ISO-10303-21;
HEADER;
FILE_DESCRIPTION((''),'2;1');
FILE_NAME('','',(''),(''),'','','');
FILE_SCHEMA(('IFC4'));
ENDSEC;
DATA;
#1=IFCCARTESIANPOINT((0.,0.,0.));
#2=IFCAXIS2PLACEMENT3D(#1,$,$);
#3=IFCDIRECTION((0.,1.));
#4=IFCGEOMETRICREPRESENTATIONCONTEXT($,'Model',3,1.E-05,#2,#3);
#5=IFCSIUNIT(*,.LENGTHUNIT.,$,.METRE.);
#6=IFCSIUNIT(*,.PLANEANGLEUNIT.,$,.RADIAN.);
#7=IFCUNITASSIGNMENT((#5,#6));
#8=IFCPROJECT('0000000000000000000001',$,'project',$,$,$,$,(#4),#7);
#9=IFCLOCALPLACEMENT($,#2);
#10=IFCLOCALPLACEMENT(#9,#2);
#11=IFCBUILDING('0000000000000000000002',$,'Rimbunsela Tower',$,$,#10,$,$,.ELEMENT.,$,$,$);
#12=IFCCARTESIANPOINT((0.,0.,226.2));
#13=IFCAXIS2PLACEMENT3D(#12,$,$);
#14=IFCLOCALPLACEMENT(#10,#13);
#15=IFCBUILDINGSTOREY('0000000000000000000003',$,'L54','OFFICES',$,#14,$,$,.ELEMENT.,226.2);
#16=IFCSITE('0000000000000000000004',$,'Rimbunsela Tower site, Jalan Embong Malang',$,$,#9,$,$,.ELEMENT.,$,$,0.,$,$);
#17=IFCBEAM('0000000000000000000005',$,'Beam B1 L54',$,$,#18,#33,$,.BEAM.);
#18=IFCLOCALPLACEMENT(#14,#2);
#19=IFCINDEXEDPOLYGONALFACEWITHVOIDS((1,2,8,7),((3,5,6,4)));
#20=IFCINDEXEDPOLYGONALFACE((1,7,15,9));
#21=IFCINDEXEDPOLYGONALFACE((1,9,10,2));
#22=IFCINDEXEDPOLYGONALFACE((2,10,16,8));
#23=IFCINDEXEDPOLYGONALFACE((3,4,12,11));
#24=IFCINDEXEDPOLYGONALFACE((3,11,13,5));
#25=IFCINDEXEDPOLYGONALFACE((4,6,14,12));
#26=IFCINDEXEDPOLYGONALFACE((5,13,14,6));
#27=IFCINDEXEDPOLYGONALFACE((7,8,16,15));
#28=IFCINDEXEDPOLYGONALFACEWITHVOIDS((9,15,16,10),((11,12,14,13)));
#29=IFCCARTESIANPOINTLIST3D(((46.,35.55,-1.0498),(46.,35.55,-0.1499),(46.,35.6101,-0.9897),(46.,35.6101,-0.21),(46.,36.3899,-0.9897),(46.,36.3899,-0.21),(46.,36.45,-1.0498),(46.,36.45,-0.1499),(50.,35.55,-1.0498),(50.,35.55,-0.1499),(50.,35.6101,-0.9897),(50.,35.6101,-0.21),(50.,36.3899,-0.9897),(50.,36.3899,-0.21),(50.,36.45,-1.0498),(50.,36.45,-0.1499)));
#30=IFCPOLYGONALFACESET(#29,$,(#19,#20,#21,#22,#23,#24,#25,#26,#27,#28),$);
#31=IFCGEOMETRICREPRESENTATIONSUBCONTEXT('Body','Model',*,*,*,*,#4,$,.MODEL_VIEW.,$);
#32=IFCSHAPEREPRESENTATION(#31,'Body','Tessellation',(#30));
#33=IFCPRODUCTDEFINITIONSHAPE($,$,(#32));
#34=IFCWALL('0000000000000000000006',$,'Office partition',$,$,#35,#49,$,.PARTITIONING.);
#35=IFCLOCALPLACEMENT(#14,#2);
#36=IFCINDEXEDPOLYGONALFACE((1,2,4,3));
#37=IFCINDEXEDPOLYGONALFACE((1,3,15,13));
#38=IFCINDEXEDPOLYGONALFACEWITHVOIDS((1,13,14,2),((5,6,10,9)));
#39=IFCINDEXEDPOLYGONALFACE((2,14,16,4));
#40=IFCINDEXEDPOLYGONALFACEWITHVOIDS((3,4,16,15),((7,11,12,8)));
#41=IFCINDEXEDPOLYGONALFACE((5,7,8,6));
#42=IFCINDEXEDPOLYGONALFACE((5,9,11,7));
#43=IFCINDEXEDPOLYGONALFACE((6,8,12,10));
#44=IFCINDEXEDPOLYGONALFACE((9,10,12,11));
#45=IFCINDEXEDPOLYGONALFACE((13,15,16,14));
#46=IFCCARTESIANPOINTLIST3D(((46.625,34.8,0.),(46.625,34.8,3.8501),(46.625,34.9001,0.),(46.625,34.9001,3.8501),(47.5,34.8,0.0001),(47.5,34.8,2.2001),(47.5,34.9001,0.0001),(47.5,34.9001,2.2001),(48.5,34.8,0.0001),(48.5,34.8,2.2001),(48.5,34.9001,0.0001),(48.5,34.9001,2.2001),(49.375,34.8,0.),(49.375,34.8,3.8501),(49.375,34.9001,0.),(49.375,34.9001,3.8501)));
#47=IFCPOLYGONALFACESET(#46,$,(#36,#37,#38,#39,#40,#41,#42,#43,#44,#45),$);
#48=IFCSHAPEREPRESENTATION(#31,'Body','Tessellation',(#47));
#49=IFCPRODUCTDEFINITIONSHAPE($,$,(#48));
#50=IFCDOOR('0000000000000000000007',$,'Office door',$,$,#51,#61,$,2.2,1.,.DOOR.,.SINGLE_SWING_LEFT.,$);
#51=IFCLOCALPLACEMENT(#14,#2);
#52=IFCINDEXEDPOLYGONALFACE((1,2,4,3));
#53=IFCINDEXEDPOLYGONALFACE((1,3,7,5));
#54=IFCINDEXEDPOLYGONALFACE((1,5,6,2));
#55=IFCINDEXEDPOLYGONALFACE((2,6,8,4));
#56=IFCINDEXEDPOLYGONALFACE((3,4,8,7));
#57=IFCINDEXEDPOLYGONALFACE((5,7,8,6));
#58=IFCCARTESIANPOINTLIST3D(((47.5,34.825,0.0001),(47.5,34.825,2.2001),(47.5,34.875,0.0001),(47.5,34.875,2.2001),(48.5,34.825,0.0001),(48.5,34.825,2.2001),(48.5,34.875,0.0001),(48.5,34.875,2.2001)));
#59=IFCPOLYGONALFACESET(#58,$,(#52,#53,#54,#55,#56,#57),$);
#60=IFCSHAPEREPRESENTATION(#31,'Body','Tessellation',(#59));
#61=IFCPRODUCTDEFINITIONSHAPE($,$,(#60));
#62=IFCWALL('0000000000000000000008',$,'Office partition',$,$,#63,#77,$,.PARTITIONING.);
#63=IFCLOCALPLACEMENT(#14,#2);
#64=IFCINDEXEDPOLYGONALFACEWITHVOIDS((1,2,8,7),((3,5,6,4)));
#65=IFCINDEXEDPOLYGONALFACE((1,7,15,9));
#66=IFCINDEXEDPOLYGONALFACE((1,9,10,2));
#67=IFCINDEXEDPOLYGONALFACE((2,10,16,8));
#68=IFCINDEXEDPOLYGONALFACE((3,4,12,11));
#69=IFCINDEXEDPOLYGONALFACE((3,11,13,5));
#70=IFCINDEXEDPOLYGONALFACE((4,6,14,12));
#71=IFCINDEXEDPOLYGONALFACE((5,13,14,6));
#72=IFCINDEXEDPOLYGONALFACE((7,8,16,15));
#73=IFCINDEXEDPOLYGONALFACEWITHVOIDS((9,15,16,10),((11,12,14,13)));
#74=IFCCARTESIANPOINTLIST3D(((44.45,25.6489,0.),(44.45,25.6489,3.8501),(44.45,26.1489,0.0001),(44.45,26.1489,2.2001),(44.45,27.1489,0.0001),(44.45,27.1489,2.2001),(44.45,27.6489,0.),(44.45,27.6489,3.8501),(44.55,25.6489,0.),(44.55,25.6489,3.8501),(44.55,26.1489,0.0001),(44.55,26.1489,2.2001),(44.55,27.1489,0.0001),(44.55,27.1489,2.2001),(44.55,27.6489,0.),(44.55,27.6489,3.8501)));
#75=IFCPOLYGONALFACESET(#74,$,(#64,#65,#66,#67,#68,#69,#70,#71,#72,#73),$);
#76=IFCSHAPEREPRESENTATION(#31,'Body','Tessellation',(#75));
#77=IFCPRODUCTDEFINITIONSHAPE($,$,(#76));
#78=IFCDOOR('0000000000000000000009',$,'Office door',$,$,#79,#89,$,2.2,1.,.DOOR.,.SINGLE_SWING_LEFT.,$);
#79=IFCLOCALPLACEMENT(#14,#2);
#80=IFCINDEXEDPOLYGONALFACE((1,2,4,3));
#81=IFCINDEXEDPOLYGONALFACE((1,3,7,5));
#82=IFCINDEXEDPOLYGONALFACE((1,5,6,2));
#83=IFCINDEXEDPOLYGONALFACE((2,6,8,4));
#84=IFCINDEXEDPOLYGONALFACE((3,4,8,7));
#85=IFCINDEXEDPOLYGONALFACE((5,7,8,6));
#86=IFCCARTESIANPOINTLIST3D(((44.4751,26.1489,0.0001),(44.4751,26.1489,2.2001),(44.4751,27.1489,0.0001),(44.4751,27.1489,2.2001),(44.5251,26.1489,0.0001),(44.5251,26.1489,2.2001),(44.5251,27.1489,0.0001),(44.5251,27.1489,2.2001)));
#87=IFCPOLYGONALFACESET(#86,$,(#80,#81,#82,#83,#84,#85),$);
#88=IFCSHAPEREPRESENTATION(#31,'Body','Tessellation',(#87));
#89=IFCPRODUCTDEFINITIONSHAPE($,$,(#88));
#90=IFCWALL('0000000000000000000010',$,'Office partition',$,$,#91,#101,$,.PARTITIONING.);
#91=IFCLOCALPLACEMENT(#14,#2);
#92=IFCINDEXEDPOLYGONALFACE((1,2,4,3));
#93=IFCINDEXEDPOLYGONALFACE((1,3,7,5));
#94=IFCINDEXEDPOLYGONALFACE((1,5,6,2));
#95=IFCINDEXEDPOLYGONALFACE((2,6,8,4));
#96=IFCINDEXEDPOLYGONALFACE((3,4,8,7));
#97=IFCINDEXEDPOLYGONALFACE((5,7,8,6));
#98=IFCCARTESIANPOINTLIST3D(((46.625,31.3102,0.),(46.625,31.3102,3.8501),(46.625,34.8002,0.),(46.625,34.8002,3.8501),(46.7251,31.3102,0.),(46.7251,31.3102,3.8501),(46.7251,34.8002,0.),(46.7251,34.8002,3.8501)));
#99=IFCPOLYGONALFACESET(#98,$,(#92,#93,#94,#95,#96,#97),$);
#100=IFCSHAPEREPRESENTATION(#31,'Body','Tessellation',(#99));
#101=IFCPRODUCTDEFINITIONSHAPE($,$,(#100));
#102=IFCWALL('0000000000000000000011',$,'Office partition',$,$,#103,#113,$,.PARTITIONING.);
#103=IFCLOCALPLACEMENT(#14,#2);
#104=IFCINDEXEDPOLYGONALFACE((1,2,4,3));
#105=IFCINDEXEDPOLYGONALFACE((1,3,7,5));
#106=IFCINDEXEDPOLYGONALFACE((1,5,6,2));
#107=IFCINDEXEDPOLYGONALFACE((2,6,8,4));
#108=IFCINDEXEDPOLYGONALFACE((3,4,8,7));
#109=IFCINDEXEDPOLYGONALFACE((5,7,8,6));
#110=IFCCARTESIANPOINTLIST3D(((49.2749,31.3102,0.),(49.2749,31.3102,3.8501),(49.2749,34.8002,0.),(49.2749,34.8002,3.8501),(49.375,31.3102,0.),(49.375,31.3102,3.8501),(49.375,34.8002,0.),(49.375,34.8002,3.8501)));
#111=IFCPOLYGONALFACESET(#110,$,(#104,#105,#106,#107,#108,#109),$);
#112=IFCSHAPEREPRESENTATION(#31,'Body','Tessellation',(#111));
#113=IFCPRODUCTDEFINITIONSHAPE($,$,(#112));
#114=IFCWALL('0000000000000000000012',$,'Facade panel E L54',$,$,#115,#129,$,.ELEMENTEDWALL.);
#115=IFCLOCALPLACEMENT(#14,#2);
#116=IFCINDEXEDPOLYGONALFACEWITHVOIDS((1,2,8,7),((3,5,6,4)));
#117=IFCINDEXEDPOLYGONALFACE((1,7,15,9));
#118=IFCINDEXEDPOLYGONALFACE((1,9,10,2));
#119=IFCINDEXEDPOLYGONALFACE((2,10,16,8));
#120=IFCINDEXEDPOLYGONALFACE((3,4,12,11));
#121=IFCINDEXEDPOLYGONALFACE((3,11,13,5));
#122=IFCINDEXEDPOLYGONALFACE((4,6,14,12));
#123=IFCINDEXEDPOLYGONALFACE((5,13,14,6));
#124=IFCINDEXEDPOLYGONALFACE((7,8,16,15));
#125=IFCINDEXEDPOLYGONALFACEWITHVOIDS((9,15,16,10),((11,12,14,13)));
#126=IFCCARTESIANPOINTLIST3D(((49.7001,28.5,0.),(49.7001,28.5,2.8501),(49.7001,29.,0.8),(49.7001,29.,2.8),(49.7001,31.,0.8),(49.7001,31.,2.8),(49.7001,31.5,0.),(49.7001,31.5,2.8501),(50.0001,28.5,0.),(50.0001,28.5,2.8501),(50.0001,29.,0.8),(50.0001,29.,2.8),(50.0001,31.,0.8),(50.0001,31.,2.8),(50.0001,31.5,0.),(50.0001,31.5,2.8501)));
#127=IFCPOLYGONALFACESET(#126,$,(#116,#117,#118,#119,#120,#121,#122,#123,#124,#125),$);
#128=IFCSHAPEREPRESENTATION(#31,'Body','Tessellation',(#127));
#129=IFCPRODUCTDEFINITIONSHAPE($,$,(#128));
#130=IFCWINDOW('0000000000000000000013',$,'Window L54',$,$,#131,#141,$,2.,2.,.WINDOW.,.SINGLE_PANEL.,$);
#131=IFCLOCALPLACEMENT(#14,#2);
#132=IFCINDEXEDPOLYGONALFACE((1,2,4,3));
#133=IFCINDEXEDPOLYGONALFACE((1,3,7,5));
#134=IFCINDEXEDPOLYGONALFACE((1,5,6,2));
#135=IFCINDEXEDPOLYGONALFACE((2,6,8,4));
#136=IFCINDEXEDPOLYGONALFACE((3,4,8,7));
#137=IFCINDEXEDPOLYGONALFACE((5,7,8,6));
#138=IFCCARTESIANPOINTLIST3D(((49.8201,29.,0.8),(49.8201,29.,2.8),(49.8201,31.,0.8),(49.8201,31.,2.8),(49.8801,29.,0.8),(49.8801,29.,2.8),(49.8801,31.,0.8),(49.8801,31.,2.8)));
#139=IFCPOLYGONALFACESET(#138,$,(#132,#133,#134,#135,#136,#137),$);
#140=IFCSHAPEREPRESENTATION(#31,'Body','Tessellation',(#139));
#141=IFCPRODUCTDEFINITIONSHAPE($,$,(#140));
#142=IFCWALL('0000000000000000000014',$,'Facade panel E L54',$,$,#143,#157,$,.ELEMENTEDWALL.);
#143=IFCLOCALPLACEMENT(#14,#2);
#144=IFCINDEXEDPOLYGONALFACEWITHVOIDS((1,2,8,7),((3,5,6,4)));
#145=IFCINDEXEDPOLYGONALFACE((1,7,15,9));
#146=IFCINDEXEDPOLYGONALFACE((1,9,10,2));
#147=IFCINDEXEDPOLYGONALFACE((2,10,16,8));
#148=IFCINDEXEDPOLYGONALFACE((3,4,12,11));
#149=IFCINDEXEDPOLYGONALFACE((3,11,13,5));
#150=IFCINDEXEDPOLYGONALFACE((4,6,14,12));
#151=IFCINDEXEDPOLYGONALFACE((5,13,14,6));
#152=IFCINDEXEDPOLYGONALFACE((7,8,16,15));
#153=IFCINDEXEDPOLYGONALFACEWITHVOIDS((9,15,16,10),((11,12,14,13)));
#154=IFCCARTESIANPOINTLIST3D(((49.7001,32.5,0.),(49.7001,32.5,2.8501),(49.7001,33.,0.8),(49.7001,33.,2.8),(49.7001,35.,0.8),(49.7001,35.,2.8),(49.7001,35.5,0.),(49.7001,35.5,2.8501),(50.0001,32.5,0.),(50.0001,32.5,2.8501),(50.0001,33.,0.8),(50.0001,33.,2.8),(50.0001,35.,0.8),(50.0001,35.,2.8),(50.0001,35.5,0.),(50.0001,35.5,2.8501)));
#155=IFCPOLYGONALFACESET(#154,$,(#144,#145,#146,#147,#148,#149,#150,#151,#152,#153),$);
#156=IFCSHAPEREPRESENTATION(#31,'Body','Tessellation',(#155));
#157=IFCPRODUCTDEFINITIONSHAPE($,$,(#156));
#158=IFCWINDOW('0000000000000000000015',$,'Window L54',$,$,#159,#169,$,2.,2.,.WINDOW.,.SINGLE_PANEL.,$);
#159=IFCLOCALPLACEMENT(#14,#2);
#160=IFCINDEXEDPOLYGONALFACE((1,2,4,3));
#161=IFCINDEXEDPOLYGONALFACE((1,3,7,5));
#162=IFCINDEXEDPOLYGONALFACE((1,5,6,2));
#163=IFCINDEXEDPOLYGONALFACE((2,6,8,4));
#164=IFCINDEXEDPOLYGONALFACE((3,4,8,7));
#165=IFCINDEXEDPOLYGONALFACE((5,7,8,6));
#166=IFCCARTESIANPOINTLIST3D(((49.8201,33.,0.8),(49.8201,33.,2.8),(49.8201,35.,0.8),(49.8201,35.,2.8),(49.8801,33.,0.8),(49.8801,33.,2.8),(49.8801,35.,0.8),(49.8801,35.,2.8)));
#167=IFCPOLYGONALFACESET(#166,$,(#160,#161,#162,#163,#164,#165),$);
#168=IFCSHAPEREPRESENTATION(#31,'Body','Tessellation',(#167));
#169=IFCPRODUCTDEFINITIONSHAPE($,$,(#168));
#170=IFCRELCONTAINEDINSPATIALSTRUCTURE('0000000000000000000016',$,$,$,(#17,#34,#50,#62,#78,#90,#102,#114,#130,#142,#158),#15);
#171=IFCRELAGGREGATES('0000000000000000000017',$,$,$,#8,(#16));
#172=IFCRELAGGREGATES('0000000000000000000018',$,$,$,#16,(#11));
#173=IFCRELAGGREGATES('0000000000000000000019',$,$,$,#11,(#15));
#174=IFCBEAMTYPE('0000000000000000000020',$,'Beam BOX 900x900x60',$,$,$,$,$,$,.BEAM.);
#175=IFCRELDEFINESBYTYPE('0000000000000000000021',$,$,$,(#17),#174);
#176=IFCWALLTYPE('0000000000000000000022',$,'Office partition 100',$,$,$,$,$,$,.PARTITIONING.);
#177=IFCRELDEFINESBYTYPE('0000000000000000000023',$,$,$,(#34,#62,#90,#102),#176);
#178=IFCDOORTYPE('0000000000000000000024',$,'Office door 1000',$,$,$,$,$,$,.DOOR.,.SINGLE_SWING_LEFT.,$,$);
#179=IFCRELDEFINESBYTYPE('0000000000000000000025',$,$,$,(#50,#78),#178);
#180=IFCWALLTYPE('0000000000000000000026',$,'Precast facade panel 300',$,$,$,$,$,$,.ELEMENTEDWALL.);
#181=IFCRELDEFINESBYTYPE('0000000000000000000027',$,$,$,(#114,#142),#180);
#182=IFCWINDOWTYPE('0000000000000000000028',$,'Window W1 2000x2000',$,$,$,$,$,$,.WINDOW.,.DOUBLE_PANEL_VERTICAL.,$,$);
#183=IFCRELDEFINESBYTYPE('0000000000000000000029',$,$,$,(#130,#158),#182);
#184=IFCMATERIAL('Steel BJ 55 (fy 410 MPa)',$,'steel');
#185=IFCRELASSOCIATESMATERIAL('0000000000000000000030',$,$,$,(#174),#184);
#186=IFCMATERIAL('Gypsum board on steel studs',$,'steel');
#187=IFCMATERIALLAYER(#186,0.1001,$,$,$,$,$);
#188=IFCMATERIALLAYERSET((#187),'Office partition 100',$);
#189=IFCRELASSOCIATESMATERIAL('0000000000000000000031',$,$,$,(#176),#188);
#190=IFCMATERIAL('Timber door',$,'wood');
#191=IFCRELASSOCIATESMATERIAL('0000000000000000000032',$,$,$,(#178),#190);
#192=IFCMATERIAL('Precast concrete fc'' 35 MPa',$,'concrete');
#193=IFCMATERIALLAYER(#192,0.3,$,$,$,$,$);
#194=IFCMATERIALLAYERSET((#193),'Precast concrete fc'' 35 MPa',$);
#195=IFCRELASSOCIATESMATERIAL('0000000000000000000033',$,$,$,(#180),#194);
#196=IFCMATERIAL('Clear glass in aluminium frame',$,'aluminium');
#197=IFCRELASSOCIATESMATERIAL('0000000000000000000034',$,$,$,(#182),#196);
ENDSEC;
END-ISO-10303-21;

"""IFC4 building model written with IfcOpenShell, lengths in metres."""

from ifc_helpers import new_model, si_unit, direction, frame, frame_2d, origin, origin_2d, place, context, subcontext, project, spatial, rectangle, hollow_rectangle, extrude, material, layer, layer_set, material_profile, profile_set, type_object, element, fill, save


model = new_model("IFC4")

# Units and contexts
model_context = context("Model", 3, precision=1e-05, world=origin(), true_north=direction((0.0, 1.0)))
body_context = subcontext(model_context, "Body", "Model", "MODEL_VIEW")
ifc_project = project(units=[si_unit("LENGTHUNIT", "METRE"), si_unit("PLANEANGLEUNIT", "RADIAN")], contexts=[model_context])

# Site, building, storey
site_placement = place(None, origin())
site = spatial("IfcSite", under=ifc_project, at=site_placement, Name="Rimbunsela Tower site, Jalan Embong Malang", CompositionType="ELEMENT", RefElevation=0.0)
building_placement = place(site_placement, origin())
building = spatial("IfcBuilding", under=site, at=building_placement, Name="Rimbunsela Tower", CompositionType="ELEMENT")
storey_placement = place(building_placement, frame((0.0, 0.0, 226.2)))
storey = spatial("IfcBuildingStorey", under=building, at=storey_placement, Name="L54", Description="OFFICES", CompositionType="ELEMENT", Elevation=226.2)

# Beam
ifc_material_1 = material(Name="Steel BJ 55 (fy 410 MPa)", Category="steel")
ifc_material_profile_1 = material_profile(ifc_material_1, hollow_rectangle(XDim=0.8999, YDim=0.8999, WallThickness=0.0601, at=origin_2d()), Name="BOX 900x900x60")
ifc_profile_set_1 = profile_set([ifc_material_profile_1], Name="Steel BJ 55 (fy 410 MPa)")
beam_type_1 = type_object("IfcBeamType", Name="Beam BOX 900x900x60", PredefinedType="BEAM", material=ifc_profile_set_1)
beam_1_placement = place(storey_placement, frame((46.0, 36.0, -0.5999), z_axis=(1.0, 0.0, 0.0), x_axis=(0.0, 1.0, 0.0)))
element("IfcBeam", 1, at=beam_1_placement, inside=storey, type_object=beam_type_1, Name="Beam B1 L54", PredefinedType="BEAM", context=body_context, shape_type="SweptSolid", body=[
    extrude(hollow_rectangle(XDim=0.8999, YDim=0.8999, WallThickness=0.0601, at=origin_2d()), origin(), (0.0, 0.0, 1.0), 4.0),
])

# Walls, openings, doors
ifc_material_2 = material(Name="Gypsum board on steel studs", Category="steel")
ifc_layer_1 = layer(ifc_material_2, 0.1001)
ifc_layer_set_1 = layer_set([ifc_layer_1], Name="Office partition 100")
wall_type_1 = type_object("IfcWallType", Name="Office partition 100", PredefinedType="PARTITIONING", material=ifc_layer_set_1)
wall_1_placement = place(storey_placement, frame((46.625, 34.8501, 0.0), z_axis=(0.0, 0.0, 1.0), x_axis=(1.0, 0.0, 0.0)))
wall_1 = element("IfcWall", 2, at=wall_1_placement, inside=storey, type_object=wall_type_1, Name="Office partition", PredefinedType="PARTITIONING", context=body_context, shape_type="SweptSolid", body=[
    extrude(rectangle(XDim=2.75, YDim=0.1001, at=frame_2d((1.375, 0.0))), origin(), (0.0, 0.0, 1.0), 3.8501),
])
opening_1_placement = place(wall_1_placement, frame((0.875, 0.0, 0.0)))
opening_1 = element("IfcOpeningElement", 3, at=opening_1_placement, cuts=wall_1, PredefinedType="OPENING", context=body_context, shape_type="SweptSolid", body=[
    extrude(rectangle(XDim=1.0, YDim=2.2, at=frame_2d((0.5, 1.1001))), frame((0.0, 0.0601, 0.0), z_axis=(0.0, -1.0, 0.0), x_axis=(1.0, 0.0, 0.0)), (0.0, 0.0, 1.0), 0.1201),
])
ifc_material_3 = material(Name="Timber door", Category="wood")
door_type = type_object("IfcDoorType", Name="Office door 1000", OperationType="SINGLE_SWING_LEFT", PredefinedType="DOOR", material=ifc_material_3)
door_1_placement = place(opening_1_placement, origin())
door_1 = element("IfcDoor", 4, at=door_1_placement, inside=storey, type_object=door_type, Name="Office door", OperationType="SINGLE_SWING_LEFT", OverallHeight=2.2, OverallWidth=1.0, PredefinedType="DOOR", context=body_context, shape_type="SweptSolid", body=[
    extrude(rectangle(XDim=1.0, YDim=2.2, at=frame_2d((0.5, 1.1001))), frame((0.0, 0.0249, 0.0), z_axis=(0.0, -1.0, 0.0), x_axis=(1.0, 0.0, 0.0)), (0.0, 0.0, 1.0), 0.05),
])
fill(opening_1, door_1)
wall_2_placement = place(storey_placement, frame((44.5, 25.6489, 0.0), z_axis=(0.0, 0.0, 1.0), x_axis=(0.0, 1.0, 0.0)))
wall_2 = element("IfcWall", 5, at=wall_2_placement, inside=storey, type_object=wall_type_1, Name="Office partition", PredefinedType="PARTITIONING", context=body_context, shape_type="SweptSolid", body=[
    extrude(rectangle(XDim=2.0, YDim=0.1001, at=frame_2d((1.0, 0.0))), origin(), (0.0, 0.0, 1.0), 3.8501),
])
opening_2_placement = place(wall_2_placement, frame((0.5, 0.0, 0.0)))
opening_2 = element("IfcOpeningElement", 6, at=opening_2_placement, cuts=wall_2, PredefinedType="OPENING", context=body_context, shape_type="SweptSolid", body=[
    extrude(rectangle(XDim=1.0, YDim=2.2, at=frame_2d((0.5, 1.1001))), frame((0.0, 0.0601, 0.0), z_axis=(0.0, -1.0, 0.0), x_axis=(1.0, 0.0, 0.0)), (0.0, 0.0, 1.0), 0.1201),
])
door_2_placement = place(opening_2_placement, origin())
door_2 = element("IfcDoor", 7, at=door_2_placement, inside=storey, type_object=door_type, Name="Office door", OperationType="SINGLE_SWING_LEFT", OverallHeight=2.2, OverallWidth=1.0, PredefinedType="DOOR", context=body_context, shape_type="SweptSolid", body=[
    extrude(rectangle(XDim=1.0, YDim=2.2, at=frame_2d((0.5, 1.1001))), frame((0.0, 0.0249, 0.0), z_axis=(0.0, -1.0, 0.0), x_axis=(1.0, 0.0, 0.0)), (0.0, 0.0, 1.0), 0.05),
])
fill(opening_2, door_2)

# Walls
for number, where, z_axis, x_axis, name in (
    (8, (46.675, 31.3101, 0.0), (0.0, 0.0, 1.0), (0.0, 1.0, 0.0), "Office partition"),
    (9, (49.325, 31.3101, 0.0), (0.0, 0.0, 1.0), (0.0, 1.0, 0.0), "Office partition"),
):
    element("IfcWall", number, at=place(storey_placement, frame(where, z_axis=z_axis, x_axis=x_axis)), inside=storey, type_object=wall_type_1, Name=name, PredefinedType="PARTITIONING", context=body_context, shape_type="SweptSolid", body=[
        extrude(rectangle(XDim=3.49, YDim=0.1001, at=frame_2d((1.7451, 0.0))), origin(), (0.0, 0.0, 1.0), 3.8501),
    ])

# Walls, openings, windows
ifc_material_4 = material(Name="Precast concrete fc' 35 MPa", Category="concrete")
ifc_layer_2 = layer(ifc_material_4, 0.3)
ifc_layer_set_2 = layer_set([ifc_layer_2], Name="Precast concrete fc' 35 MPa")
wall_type_2 = type_object("IfcWallType", Name="Precast facade panel 300", PredefinedType="ELEMENTEDWALL", material=ifc_layer_set_2)
wall_3_placement = place(storey_placement, frame((49.8501, 28.5, 0.0), z_axis=(0.0, 0.0, 1.0), x_axis=(0.0, 1.0, 0.0)))
wall_3 = element("IfcWall", 10, at=wall_3_placement, inside=storey, type_object=wall_type_2, Name="Facade panel E L54", PredefinedType="ELEMENTEDWALL", context=body_context, shape_type="SweptSolid", body=[
    extrude(rectangle(XDim=3.0, YDim=0.3, at=frame_2d((1.5, 0.0))), origin(), (0.0, 0.0, 1.0), 2.8501),
])
opening_3_placement = place(wall_3_placement, frame((0.5, 0.0, 0.8)))
opening_3 = element("IfcOpeningElement", 11, at=opening_3_placement, cuts=wall_3, PredefinedType="OPENING", context=body_context, shape_type="SweptSolid", body=[
    extrude(rectangle(XDim=2.0, YDim=2.0, at=frame_2d((1.0, 1.0))), frame((0.0, 0.1599, 0.0), z_axis=(0.0, -1.0, 0.0), x_axis=(1.0, 0.0, 0.0)), (0.0, 0.0, 1.0), 0.3201),
])
ifc_material_5 = material(Name="Clear glass in aluminium frame", Category="aluminium")
window_type = type_object("IfcWindowType", Name="Window W1 2000x2000", PartitioningType="DOUBLE_PANEL_VERTICAL", PredefinedType="WINDOW", material=ifc_material_5)
window_1_placement = place(opening_3_placement, origin())
window_1 = element("IfcWindow", 12, at=window_1_placement, inside=storey, type_object=window_type, Name="Window L54", OverallHeight=2.0, OverallWidth=2.0, PartitioningType="SINGLE_PANEL", PredefinedType="WINDOW", context=body_context, shape_type="SweptSolid", body=[
    extrude(rectangle(XDim=2.0, YDim=2.0, at=frame_2d((1.0, 1.0))), frame((0.0, 0.03, 0.0), z_axis=(0.0, -1.0, 0.0), x_axis=(1.0, 0.0, 0.0)), (0.0, 0.0, 1.0), 0.0601),
])
fill(opening_3, window_1)
wall_4_placement = place(storey_placement, frame((49.8501, 32.5, 0.0), z_axis=(0.0, 0.0, 1.0), x_axis=(0.0, 1.0, 0.0)))
wall_4 = element("IfcWall", 13, at=wall_4_placement, inside=storey, type_object=wall_type_2, Name="Facade panel E L54", PredefinedType="ELEMENTEDWALL", context=body_context, shape_type="SweptSolid", body=[
    extrude(rectangle(XDim=3.0, YDim=0.3, at=frame_2d((1.5, 0.0))), origin(), (0.0, 0.0, 1.0), 2.8501),
])
opening_4_placement = place(wall_4_placement, frame((0.5, 0.0, 0.8)))
opening_4 = element("IfcOpeningElement", 14, at=opening_4_placement, cuts=wall_4, PredefinedType="OPENING", context=body_context, shape_type="SweptSolid", body=[
    extrude(rectangle(XDim=2.0, YDim=2.0, at=frame_2d((1.0, 1.0))), frame((0.0, 0.1599, 0.0), z_axis=(0.0, -1.0, 0.0), x_axis=(1.0, 0.0, 0.0)), (0.0, 0.0, 1.0), 0.3201),
])
window_2_placement = place(opening_4_placement, origin())
window_2 = element("IfcWindow", 15, at=window_2_placement, inside=storey, type_object=window_type, Name="Window L54", OverallHeight=2.0, OverallWidth=2.0, PartitioningType="SINGLE_PANEL", PredefinedType="WINDOW", context=body_context, shape_type="SweptSolid", body=[
    extrude(rectangle(XDim=2.0, YDim=2.0, at=frame_2d((1.0, 1.0))), frame((0.0, 0.03, 0.0), z_axis=(0.0, -1.0, 0.0), x_axis=(1.0, 0.0, 0.0)), (0.0, 0.0, 1.0), 0.0601),
])
fill(opening_4, window_2)

save(model, "model.ifc")
